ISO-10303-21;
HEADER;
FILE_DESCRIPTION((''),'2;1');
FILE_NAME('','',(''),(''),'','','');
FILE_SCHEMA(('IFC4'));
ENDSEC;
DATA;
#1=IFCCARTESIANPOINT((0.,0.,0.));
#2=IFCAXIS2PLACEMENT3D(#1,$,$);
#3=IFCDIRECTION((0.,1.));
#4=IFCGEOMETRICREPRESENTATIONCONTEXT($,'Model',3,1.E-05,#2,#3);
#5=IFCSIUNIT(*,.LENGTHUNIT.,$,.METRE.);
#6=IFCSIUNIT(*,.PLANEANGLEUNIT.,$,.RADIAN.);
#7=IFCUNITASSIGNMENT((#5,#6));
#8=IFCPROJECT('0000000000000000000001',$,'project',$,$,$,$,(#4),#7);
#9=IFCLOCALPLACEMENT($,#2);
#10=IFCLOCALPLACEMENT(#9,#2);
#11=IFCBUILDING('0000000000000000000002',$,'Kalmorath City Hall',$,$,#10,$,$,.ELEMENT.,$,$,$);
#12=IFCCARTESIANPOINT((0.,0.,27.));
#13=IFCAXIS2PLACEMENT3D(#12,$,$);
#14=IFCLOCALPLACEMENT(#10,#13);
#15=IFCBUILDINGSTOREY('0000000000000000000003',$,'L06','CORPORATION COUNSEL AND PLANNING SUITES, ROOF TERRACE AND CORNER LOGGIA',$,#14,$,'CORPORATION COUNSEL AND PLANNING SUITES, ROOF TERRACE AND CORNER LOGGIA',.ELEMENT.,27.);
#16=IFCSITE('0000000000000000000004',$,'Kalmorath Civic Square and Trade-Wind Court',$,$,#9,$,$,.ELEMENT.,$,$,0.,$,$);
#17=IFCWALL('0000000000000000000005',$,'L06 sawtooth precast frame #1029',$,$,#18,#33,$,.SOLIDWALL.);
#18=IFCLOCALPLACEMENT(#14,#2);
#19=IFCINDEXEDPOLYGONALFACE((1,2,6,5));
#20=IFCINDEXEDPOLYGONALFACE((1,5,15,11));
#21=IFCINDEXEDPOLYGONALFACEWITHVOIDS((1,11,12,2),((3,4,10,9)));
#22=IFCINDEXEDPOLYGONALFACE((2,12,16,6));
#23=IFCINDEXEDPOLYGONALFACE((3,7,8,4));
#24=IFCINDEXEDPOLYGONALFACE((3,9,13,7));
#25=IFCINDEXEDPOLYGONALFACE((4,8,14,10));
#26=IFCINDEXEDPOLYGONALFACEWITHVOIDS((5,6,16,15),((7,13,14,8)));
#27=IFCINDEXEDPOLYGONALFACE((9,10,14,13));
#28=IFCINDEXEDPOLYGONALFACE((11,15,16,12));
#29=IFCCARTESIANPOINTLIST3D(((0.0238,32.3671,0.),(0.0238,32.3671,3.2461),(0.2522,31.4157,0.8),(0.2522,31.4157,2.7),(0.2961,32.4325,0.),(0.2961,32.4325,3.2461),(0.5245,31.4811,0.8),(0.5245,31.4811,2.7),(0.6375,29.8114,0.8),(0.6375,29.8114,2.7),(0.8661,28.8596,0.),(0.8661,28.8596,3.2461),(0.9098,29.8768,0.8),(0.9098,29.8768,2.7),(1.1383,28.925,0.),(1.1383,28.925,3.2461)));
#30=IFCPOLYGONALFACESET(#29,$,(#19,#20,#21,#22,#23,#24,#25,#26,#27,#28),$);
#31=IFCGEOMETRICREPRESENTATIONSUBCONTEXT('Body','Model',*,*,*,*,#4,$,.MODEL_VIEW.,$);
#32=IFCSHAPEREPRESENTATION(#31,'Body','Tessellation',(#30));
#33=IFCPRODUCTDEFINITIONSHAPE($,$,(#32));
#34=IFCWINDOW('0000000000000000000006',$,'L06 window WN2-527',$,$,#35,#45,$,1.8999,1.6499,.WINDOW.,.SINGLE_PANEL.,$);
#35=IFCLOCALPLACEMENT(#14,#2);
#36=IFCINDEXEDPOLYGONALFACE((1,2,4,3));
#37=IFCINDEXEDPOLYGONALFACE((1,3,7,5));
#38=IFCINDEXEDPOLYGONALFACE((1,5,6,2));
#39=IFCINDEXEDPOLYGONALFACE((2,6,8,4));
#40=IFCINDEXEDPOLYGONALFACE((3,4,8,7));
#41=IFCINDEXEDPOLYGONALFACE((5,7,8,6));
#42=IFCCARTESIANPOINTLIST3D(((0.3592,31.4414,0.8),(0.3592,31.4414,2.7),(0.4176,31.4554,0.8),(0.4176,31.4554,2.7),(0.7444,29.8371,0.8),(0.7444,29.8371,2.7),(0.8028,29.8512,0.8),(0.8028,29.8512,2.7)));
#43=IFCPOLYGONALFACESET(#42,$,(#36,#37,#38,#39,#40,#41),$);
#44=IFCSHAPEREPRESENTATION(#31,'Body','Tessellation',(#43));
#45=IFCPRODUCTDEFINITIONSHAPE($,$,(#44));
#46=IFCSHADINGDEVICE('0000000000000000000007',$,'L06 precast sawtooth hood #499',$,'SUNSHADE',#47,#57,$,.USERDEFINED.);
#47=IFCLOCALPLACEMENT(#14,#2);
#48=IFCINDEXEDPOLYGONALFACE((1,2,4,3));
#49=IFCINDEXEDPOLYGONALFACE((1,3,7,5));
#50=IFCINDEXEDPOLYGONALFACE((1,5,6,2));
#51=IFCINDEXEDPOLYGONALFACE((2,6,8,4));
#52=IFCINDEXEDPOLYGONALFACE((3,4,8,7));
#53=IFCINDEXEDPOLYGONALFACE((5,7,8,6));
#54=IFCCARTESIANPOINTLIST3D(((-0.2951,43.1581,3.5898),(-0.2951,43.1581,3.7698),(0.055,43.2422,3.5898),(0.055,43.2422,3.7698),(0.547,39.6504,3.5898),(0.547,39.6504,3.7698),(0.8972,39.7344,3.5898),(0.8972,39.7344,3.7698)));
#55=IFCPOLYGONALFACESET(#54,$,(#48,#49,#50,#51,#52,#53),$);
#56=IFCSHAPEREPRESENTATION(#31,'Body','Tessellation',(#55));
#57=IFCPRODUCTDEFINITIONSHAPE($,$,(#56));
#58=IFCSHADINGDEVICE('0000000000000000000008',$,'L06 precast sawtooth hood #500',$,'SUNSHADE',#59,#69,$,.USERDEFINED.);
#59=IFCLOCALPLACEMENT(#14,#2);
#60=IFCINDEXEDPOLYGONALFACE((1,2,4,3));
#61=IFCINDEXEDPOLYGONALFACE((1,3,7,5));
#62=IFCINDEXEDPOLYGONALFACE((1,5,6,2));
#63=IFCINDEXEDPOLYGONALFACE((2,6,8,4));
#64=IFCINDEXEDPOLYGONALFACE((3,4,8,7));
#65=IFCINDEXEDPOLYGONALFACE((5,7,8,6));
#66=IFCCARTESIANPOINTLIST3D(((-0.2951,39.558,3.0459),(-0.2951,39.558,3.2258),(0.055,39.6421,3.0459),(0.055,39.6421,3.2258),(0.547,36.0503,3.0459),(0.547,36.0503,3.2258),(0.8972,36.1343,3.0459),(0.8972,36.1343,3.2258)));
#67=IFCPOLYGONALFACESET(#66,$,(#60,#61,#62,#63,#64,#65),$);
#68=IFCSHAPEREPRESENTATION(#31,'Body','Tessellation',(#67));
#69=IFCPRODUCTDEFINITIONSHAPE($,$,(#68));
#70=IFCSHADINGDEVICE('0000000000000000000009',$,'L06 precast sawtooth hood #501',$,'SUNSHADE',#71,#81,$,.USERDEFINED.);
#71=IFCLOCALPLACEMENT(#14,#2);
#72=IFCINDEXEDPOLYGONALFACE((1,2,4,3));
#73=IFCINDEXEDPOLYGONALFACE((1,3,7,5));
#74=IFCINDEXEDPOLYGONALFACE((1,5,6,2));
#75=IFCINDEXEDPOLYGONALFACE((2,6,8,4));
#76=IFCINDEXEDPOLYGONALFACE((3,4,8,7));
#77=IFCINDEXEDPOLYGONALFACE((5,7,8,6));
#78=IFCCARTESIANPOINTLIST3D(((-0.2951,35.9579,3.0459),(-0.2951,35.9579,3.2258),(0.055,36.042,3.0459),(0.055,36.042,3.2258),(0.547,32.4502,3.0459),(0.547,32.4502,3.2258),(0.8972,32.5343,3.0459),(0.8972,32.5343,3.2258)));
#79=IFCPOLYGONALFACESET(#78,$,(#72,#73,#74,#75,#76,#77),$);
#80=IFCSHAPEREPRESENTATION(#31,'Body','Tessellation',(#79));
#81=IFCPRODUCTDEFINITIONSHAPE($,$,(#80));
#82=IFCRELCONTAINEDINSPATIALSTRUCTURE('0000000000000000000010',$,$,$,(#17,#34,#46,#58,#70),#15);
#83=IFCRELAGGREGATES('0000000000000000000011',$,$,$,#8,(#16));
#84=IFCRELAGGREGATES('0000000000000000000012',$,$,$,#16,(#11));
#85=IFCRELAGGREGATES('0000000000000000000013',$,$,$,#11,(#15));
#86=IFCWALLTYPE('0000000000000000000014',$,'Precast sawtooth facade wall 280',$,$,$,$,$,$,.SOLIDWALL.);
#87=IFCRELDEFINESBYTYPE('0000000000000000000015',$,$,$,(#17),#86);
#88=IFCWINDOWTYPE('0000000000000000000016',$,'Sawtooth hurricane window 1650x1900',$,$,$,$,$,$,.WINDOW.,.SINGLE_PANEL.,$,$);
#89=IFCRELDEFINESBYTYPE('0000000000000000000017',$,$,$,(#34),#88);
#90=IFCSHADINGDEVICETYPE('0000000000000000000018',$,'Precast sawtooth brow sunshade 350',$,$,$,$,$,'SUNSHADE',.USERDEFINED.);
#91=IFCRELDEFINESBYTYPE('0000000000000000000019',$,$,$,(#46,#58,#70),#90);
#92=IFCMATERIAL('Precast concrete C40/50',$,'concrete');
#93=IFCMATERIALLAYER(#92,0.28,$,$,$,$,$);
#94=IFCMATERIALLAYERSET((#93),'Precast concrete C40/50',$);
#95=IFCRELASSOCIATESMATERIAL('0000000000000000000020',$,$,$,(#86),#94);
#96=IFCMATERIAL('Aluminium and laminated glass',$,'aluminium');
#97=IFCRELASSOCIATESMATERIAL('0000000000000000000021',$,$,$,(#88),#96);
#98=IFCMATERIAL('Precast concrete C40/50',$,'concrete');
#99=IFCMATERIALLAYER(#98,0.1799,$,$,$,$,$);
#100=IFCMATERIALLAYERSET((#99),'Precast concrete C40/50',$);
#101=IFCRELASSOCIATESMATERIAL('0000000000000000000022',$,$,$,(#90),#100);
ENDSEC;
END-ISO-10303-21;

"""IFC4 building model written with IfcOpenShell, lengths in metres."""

from ifc_helpers import new_model, si_unit, direction, frame, frame_2d, origin, origin_2d, place, context, subcontext, project, spatial, rectangle, extrude, material, layer, layer_set, type_object, element, fill, save


model = new_model("IFC4")

# Units and contexts
model_context = context("Model", 3, precision=1e-05, world=origin(), true_north=direction((0.0, 1.0)))
body_context = subcontext(model_context, "Body", "Model", "MODEL_VIEW")
ifc_project = project(units=[si_unit("LENGTHUNIT", "METRE"), si_unit("PLANEANGLEUNIT", "RADIAN")], contexts=[model_context])

# Site, building, storey
site_placement = place(None, origin())
site = spatial("IfcSite", under=ifc_project, at=site_placement, Name="Kalmorath Civic Square and Trade-Wind Court", CompositionType="ELEMENT", RefElevation=0.0)
building_placement = place(site_placement, origin())
building = spatial("IfcBuilding", under=site, at=building_placement, Name="Kalmorath City Hall", CompositionType="ELEMENT")
storey_placement = place(building_placement, frame((0.0, 0.0, 27.0)))
storey = spatial("IfcBuildingStorey", under=building, at=storey_placement, Name="L06", Description="CORPORATION COUNSEL AND PLANNING SUITES, ROOF TERRACE AND CORNER LOGGIA", LongName="CORPORATION COUNSEL AND PLANNING SUITES, ROOF TERRACE AND CORNER LOGGIA", CompositionType="ELEMENT", Elevation=27.0)

# Wall, opening, window
ifc_material_1 = material(Name="Precast concrete C40/50", Category="concrete")
ifc_layer_1 = layer(ifc_material_1, 0.28)
ifc_layer_set_1 = layer_set([ifc_layer_1], Name="Precast concrete C40/50")
wall_type_1 = type_object("IfcWallType", Name="Precast sawtooth facade wall 280", PredefinedType="SOLIDWALL", material=ifc_layer_set_1)
ifc_material_2 = material(Name="Aluminium and laminated glass", Category="aluminium")
window_type = type_object("IfcWindowType", Name="Sawtooth hurricane window 1650x1900", PartitioningType="SINGLE_PANEL", PredefinedType="WINDOW", material=ifc_material_2)
wall_1_placement = place(storey_placement, frame((0.1599, 32.3999, 0.0), z_axis=(0.0, 0.0, 1.0), x_axis=(0.233496, -0.972358, 0.0)))
wall_1 = element("IfcWall", 1, at=wall_1_placement, inside=storey, type_object=wall_type_1, Name="L06 sawtooth precast frame #1029", PredefinedType="SOLIDWALL", context=body_context, shape_type="SweptSolid", body=[
    extrude(rectangle(XDim=3.6072, YDim=0.28, at=frame_2d((1.8037, 0.0))), origin(), (0.0, 0.0, 1.0), 3.2461),
])
opening_1_placement = place(wall_1_placement, frame((0.9785, 0.0, 0.8)))
opening_1 = element("IfcOpeningElement", 2, at=opening_1_placement, cuts=wall_1, PredefinedType="OPENING", context=body_context, shape_type="SweptSolid", body=[
    extrude(rectangle(XDim=1.6499, YDim=1.8999, at=frame_2d((0.825, 0.95))), frame((0.0, 0.1499, 0.0), z_axis=(0.0, -1.0, 0.0), x_axis=(1.0, 0.0, 0.0)), (0.0, 0.0, 1.0), 0.3),
])
window_1_placement = place(opening_1_placement, origin())
window_1 = element("IfcWindow", 3, at=window_1_placement, inside=storey, type_object=window_type, Name="L06 window WN2-527", OverallHeight=1.8999, OverallWidth=1.6499, PartitioningType="SINGLE_PANEL", PredefinedType="WINDOW", context=body_context, shape_type="SweptSolid", body=[
    extrude(rectangle(XDim=1.6499, YDim=1.8999, at=frame_2d((0.825, 0.95))), frame((0.0, 0.03, 0.0), z_axis=(0.0, -1.0, 0.0), x_axis=(1.0, 0.0, 0.0)), (0.0, 0.0, 1.0), 0.0601),
])
fill(opening_1, window_1)

# Shading devices
ifc_material_3 = material(Name="Precast concrete C40/50", Category="concrete")
ifc_layer_2 = layer(ifc_material_3, 0.1799)
ifc_layer_set_2 = layer_set([ifc_layer_2], Name="Precast concrete C40/50")
shading_device_type = type_object("IfcShadingDeviceType", Name="Precast sawtooth brow sunshade 350", ElementType="SUNSHADE", PredefinedType="USERDEFINED", material=ifc_layer_set_2)
for number, where, z_axis, x_axis, name in (
    (4, (0.301, 41.4463, 3.5898), (0.0, 0.0, 1.0), (0.233445, -0.97237, 0.0), "L06 precast sawtooth hood #499"),
    (5, (0.301, 37.8462, 3.0459), (0.0, 0.0, 1.0), (0.233445, -0.97237, 0.0), "L06 precast sawtooth hood #500"),
    (6, (0.301, 34.2461, 3.0459), (0.0, 0.0, 1.0), (0.233445, -0.97237, 0.0), "L06 precast sawtooth hood #501"),
):
    element("IfcShadingDevice", number, at=place(storey_placement, frame(where, z_axis=z_axis, x_axis=x_axis)), inside=storey, type_object=shading_device_type, Name=name, ObjectType="SUNSHADE", PredefinedType="USERDEFINED", context=body_context, shape_type="SweptSolid", body=[
        extrude(rectangle(XDim=3.6074, YDim=0.3601, at=origin_2d()), origin(), (0.0, 0.0, 1.0), 0.1799),
    ])

save(model, "model.ifc")
